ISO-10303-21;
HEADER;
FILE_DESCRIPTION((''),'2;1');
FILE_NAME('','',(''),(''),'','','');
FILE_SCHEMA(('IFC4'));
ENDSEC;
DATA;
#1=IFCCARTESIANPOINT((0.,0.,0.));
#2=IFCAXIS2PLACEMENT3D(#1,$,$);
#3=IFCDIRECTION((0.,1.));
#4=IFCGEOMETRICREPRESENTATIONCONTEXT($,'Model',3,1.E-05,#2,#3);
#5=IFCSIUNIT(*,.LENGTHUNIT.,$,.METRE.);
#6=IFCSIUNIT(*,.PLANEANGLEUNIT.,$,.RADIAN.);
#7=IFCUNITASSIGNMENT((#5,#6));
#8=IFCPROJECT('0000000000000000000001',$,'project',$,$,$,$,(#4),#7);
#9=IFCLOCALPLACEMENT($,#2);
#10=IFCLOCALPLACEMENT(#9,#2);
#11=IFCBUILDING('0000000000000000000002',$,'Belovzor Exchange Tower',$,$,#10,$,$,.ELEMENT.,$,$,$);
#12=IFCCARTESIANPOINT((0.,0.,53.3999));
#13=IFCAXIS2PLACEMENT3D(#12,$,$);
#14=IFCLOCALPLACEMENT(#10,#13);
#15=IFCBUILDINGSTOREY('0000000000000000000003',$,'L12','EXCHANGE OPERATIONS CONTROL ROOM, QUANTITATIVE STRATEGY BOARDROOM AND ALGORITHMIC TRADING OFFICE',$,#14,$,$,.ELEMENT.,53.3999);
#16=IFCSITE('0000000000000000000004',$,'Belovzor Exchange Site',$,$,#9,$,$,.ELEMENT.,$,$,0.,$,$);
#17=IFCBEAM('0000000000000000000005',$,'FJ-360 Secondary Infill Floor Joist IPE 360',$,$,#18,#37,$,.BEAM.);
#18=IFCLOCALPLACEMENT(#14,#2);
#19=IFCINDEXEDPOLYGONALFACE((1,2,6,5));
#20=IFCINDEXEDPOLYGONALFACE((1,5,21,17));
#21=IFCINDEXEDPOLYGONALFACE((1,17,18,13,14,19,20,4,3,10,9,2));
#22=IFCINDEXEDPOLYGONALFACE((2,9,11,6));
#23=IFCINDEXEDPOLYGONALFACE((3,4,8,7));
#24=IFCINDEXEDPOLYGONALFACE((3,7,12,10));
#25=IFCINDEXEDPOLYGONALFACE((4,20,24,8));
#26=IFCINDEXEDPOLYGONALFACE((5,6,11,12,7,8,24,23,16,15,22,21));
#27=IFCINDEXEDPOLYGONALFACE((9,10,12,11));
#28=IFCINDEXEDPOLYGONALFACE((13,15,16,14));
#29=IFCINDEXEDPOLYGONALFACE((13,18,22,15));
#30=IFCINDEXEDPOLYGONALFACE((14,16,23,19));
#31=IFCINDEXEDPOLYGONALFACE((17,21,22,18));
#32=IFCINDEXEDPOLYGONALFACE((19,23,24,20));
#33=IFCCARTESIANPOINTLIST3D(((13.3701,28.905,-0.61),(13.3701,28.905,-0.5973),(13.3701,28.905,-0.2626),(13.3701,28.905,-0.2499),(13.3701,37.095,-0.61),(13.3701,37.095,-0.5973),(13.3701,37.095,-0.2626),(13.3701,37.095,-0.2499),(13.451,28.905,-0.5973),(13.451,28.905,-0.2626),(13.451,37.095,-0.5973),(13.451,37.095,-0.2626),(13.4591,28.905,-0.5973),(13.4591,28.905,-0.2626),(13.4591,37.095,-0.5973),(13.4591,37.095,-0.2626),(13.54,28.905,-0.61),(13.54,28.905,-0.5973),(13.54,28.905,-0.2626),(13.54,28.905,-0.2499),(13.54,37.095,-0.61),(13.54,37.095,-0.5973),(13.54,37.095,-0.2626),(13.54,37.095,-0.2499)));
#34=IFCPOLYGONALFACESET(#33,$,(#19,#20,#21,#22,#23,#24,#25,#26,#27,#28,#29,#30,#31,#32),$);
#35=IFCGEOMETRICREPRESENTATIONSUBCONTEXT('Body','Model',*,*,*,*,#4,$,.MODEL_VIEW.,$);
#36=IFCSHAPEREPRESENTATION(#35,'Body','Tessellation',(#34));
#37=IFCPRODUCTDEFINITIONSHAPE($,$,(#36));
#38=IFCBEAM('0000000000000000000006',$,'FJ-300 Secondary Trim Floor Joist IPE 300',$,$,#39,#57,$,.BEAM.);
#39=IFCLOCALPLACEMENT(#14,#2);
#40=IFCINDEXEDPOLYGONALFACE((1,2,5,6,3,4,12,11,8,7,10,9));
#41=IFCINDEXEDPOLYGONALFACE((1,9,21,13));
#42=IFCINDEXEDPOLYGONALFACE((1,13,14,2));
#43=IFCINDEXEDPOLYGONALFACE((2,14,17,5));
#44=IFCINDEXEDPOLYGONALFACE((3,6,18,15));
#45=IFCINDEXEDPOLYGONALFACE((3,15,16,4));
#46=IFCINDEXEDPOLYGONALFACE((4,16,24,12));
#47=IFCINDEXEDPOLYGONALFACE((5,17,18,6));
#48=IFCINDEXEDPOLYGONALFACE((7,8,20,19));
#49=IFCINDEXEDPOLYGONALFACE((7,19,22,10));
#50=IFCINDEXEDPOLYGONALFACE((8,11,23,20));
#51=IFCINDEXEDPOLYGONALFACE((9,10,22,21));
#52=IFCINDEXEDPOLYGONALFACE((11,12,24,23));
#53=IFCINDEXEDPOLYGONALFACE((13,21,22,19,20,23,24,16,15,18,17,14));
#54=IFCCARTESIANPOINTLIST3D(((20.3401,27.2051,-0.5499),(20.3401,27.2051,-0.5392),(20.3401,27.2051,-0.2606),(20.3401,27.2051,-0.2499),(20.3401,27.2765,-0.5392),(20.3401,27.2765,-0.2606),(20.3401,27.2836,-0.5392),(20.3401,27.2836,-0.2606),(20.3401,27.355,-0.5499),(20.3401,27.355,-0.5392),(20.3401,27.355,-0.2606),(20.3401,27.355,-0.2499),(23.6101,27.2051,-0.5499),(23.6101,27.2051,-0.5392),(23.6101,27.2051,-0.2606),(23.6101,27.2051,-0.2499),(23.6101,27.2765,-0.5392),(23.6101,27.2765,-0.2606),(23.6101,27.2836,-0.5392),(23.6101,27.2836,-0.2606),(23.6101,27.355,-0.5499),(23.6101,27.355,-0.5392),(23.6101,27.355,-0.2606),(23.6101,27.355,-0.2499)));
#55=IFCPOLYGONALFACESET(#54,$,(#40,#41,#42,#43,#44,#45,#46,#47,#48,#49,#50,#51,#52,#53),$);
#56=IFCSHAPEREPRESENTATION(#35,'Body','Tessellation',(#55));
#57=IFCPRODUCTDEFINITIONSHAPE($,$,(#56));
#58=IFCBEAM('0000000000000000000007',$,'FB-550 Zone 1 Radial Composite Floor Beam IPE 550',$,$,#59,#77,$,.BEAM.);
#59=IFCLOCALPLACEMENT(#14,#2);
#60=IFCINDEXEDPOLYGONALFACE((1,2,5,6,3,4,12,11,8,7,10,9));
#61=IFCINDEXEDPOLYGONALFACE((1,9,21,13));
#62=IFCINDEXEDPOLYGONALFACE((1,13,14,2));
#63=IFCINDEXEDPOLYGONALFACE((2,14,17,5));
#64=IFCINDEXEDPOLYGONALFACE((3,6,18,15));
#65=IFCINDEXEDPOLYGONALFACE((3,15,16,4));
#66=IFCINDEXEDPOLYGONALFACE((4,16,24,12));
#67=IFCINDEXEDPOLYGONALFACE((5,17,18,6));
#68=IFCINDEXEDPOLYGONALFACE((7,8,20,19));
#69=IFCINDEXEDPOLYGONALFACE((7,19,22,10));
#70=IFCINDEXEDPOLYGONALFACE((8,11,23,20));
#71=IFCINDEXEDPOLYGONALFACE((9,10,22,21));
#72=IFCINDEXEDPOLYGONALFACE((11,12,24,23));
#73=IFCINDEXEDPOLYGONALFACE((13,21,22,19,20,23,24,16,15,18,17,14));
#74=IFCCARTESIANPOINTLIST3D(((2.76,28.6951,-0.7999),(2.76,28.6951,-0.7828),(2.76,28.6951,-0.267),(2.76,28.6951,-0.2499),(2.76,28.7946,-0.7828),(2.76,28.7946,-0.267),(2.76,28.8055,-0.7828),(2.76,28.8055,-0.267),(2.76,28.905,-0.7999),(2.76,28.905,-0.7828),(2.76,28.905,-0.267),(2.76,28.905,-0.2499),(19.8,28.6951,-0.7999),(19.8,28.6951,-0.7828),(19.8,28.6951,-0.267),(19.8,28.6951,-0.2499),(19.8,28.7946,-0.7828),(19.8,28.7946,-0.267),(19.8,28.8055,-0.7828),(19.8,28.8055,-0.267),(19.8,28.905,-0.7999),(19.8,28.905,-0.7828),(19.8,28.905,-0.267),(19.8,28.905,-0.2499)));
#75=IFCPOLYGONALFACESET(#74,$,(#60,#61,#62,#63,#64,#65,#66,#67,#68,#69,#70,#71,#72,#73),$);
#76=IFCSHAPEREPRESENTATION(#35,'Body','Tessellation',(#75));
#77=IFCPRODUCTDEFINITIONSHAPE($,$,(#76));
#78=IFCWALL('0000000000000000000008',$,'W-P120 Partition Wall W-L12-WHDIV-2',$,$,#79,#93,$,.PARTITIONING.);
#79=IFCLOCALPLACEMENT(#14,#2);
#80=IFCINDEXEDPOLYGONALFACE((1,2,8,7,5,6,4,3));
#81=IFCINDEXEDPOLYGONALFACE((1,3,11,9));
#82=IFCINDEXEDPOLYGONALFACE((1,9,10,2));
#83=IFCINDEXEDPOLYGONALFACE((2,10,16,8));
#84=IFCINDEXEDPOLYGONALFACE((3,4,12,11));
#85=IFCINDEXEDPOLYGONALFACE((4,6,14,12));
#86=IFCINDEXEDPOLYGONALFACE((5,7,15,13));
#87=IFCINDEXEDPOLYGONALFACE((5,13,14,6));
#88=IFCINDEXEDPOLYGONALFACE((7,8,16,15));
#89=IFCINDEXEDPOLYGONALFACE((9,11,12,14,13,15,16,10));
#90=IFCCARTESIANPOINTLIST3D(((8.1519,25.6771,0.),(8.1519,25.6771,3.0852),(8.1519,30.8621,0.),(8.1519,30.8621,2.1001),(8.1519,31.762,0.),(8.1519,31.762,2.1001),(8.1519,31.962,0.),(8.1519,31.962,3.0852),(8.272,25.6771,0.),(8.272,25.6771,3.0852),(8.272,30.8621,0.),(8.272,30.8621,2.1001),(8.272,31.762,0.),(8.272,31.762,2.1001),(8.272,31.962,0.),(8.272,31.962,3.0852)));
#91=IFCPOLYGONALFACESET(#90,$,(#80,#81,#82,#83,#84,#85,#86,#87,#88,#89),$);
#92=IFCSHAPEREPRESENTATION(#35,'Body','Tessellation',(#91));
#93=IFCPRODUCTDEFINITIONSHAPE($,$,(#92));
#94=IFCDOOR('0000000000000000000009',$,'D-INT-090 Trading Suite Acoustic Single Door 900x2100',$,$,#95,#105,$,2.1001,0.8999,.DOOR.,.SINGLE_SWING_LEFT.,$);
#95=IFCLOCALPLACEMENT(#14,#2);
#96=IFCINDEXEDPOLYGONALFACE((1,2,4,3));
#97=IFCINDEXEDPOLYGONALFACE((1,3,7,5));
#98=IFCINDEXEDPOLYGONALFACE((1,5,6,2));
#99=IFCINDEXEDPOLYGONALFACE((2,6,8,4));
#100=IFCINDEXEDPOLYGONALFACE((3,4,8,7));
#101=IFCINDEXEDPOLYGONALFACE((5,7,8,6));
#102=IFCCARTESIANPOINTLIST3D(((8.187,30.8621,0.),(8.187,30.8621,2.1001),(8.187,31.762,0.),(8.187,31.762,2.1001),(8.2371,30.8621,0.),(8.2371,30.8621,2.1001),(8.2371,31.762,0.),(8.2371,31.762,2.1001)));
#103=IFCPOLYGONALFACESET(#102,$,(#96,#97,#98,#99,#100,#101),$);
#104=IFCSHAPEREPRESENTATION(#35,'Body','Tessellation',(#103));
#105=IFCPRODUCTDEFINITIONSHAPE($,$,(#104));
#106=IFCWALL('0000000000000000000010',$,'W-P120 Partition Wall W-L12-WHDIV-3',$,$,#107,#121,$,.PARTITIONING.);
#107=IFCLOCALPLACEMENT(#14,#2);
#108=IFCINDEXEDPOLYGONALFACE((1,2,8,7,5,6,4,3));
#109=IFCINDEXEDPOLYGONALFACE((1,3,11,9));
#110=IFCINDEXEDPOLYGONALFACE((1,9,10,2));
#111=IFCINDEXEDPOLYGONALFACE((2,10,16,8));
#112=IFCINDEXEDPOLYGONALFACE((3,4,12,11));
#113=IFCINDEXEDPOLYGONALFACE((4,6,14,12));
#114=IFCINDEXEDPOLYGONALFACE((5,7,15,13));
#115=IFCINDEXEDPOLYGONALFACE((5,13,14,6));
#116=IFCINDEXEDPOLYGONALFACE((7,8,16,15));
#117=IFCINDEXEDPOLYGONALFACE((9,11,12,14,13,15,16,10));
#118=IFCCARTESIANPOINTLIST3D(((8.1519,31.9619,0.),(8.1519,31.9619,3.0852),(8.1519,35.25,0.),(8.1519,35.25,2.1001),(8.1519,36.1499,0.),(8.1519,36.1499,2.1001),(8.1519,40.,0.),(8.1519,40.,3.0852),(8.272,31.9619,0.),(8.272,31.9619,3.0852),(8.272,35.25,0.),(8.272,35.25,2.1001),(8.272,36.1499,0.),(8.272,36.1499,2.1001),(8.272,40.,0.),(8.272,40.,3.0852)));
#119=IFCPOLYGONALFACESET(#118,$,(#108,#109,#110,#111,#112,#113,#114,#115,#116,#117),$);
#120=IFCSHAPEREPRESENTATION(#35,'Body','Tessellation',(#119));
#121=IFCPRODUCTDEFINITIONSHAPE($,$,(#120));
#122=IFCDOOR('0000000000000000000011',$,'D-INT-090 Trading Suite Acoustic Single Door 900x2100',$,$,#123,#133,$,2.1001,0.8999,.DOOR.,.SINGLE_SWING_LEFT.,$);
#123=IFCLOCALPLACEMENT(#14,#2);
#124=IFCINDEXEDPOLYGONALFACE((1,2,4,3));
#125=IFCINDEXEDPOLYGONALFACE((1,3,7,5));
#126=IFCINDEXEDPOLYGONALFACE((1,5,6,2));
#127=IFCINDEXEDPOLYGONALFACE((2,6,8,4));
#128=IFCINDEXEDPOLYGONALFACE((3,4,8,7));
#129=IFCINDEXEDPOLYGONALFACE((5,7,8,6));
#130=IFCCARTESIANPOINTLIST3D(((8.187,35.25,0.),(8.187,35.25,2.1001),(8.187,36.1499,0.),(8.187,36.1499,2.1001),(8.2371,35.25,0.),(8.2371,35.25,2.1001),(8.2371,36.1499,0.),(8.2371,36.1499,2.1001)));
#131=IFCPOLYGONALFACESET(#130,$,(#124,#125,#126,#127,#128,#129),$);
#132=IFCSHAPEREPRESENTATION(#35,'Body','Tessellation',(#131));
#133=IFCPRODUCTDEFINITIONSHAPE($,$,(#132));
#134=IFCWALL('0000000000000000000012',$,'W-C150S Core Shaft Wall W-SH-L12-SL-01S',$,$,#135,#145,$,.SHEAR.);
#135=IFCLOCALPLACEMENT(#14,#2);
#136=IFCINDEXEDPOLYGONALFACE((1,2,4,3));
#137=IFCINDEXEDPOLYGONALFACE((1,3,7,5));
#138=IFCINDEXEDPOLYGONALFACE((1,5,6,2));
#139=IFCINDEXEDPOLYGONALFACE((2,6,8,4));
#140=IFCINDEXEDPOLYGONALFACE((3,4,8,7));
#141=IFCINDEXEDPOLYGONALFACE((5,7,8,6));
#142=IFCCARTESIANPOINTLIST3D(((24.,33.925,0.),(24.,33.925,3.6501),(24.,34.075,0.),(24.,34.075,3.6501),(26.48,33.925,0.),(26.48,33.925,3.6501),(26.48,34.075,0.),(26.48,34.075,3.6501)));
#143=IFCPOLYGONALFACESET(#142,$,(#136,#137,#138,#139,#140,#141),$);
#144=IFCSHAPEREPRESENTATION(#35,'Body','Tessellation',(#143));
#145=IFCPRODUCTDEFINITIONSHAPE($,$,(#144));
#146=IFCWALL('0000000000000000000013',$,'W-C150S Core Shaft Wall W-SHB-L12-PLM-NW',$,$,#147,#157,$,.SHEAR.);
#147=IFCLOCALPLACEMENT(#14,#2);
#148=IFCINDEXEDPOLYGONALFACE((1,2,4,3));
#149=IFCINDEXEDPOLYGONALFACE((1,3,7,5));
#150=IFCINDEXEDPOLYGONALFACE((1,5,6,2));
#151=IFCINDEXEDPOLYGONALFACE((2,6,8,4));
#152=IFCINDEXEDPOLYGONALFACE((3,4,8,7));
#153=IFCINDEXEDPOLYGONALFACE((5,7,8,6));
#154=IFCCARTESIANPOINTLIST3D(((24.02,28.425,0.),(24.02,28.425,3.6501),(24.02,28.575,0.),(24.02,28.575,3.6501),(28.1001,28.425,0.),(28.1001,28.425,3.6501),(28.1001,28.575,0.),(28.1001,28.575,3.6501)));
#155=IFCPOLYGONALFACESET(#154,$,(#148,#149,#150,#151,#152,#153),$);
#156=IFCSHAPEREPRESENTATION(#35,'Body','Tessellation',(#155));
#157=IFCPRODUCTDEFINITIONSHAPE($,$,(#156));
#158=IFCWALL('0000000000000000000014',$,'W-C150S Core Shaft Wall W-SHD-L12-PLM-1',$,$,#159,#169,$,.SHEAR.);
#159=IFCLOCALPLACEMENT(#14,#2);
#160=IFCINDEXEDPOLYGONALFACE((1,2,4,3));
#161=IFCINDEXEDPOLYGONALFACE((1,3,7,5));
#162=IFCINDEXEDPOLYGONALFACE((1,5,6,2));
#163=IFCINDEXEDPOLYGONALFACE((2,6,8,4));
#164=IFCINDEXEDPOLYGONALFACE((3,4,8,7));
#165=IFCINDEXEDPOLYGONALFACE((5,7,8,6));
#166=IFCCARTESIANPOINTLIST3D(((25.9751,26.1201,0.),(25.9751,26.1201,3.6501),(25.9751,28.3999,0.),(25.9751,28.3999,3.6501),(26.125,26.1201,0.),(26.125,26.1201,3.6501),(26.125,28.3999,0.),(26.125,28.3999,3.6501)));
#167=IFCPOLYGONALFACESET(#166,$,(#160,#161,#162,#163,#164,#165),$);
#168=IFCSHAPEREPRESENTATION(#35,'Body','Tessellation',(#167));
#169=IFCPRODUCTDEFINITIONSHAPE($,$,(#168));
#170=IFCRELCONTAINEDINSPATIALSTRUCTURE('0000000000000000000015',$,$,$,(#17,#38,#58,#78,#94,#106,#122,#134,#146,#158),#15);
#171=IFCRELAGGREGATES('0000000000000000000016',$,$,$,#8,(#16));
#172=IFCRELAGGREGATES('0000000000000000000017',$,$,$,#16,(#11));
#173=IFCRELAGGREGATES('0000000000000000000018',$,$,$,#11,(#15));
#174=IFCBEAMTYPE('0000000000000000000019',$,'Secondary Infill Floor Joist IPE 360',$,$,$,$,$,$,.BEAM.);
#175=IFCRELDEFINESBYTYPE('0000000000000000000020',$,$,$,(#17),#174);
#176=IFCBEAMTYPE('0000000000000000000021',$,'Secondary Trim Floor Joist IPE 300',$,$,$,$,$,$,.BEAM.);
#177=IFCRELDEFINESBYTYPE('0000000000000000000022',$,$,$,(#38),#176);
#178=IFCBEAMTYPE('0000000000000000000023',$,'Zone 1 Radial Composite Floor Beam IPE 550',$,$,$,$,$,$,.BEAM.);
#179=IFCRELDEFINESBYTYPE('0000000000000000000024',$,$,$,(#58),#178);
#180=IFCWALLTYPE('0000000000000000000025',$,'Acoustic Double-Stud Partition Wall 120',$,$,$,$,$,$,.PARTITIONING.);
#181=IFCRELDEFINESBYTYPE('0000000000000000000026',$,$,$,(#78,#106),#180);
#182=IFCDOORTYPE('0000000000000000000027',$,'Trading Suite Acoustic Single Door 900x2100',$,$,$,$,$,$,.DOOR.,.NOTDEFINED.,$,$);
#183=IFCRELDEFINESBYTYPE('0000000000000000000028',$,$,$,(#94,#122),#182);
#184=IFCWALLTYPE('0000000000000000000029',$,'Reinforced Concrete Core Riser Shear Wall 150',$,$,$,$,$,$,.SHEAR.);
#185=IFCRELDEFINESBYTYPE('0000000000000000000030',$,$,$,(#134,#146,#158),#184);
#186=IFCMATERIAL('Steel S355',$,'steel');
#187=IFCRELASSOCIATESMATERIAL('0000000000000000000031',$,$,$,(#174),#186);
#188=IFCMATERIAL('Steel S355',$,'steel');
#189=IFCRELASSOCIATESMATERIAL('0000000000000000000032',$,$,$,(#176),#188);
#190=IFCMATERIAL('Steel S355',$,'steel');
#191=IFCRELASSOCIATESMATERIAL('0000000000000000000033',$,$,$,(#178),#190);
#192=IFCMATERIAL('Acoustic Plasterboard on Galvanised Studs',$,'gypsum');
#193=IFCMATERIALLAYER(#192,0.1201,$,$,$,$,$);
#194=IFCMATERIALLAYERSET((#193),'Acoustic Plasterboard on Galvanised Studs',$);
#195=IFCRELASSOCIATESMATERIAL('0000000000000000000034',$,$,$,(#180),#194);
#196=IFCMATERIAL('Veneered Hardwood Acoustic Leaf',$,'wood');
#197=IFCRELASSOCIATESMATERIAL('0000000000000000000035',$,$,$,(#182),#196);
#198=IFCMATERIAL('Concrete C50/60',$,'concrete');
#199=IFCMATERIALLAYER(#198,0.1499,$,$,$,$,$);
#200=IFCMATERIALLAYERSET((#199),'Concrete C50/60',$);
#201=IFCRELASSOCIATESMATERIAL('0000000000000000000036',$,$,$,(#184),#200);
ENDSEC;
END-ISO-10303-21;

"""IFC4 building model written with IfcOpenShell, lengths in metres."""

from ifc_helpers import new_model, si_unit, direction, frame, frame_2d, origin, origin_2d, place, context, subcontext, project, spatial, rectangle, i_section, extrude, material, layer, layer_set, material_profile, profile_set, type_object, element, fill, save


model = new_model("IFC4")

# Units and contexts
model_context = context("Model", 3, precision=1e-05, world=origin(), true_north=direction((0.0, 1.0)))
body_context = subcontext(model_context, "Body", "Model", "MODEL_VIEW")
ifc_project = project(units=[si_unit("LENGTHUNIT", "METRE"), si_unit("PLANEANGLEUNIT", "RADIAN")], contexts=[model_context])

# Site, building, storey
site_placement = place(None, origin())
site = spatial("IfcSite", under=ifc_project, at=site_placement, Name="Belovzor Exchange Site", CompositionType="ELEMENT", RefElevation=0.0)
building_placement = place(site_placement, origin())
building = spatial("IfcBuilding", under=site, at=building_placement, Name="Belovzor Exchange Tower", CompositionType="ELEMENT")
storey_placement = place(building_placement, frame((0.0, 0.0, 53.3999)))
storey = spatial("IfcBuildingStorey", under=building, at=storey_placement, Name="L12", Description="EXCHANGE OPERATIONS CONTROL ROOM, QUANTITATIVE STRATEGY BOARDROOM AND ALGORITHMIC TRADING OFFICE", CompositionType="ELEMENT", Elevation=53.3999)

# Beams
ifc_material_1 = material(Name="Steel S355", Category="steel")
ifc_material_profile_1 = material_profile(ifc_material_1, i_section(OverallWidth=0.1699, OverallDepth=0.3601, WebThickness=0.0081, FlangeThickness=0.0127, at=origin_2d()))
ifc_profile_set_1 = profile_set([ifc_material_profile_1], Name="Steel S355")
beam_type_1 = type_object("IfcBeamType", Name="Secondary Infill Floor Joist IPE 360", PredefinedType="BEAM", material=ifc_profile_set_1)
beam_1_placement = place(storey_placement, frame((13.4551, 28.905, -0.4299), z_axis=(0.0, 1.0, 0.0), x_axis=(-1.0, 0.0, 0.0)))
element("IfcBeam", 1, at=beam_1_placement, inside=storey, type_object=beam_type_1, Name="FJ-360 Secondary Infill Floor Joist IPE 360", PredefinedType="BEAM", context=body_context, shape_type="SweptSolid", body=[
    extrude(i_section(OverallWidth=0.1699, OverallDepth=0.3601, WebThickness=0.0081, FlangeThickness=0.0127, at=origin_2d()), origin(), (0.0, 0.0, 1.0), 8.1899),
])
ifc_material_2 = material(Name="Steel S355", Category="steel")
ifc_material_profile_2 = material_profile(ifc_material_2, i_section(OverallWidth=0.1499, OverallDepth=0.3, WebThickness=0.0071, FlangeThickness=0.0107, at=origin_2d()))
ifc_profile_set_2 = profile_set([ifc_material_profile_2], Name="Steel S355")
beam_type_2 = type_object("IfcBeamType", Name="Secondary Trim Floor Joist IPE 300", PredefinedType="BEAM", material=ifc_profile_set_2)
beam_2_placement = place(storey_placement, frame((20.3401, 27.28, -0.3999), z_axis=(1.0, 0.0, 0.0), x_axis=(0.0, 1.0, 0.0)))
element("IfcBeam", 2, at=beam_2_placement, inside=storey, type_object=beam_type_2, Name="FJ-300 Secondary Trim Floor Joist IPE 300", PredefinedType="BEAM", context=body_context, shape_type="SweptSolid", body=[
    extrude(i_section(OverallWidth=0.1499, OverallDepth=0.3, WebThickness=0.0071, FlangeThickness=0.0107, at=origin_2d()), origin(), (0.0, 0.0, 1.0), 3.27),
])
ifc_material_3 = material(Name="Steel S355", Category="steel")
ifc_material_profile_3 = material_profile(ifc_material_3, i_section(OverallWidth=0.21, OverallDepth=0.55, WebThickness=0.011, FlangeThickness=0.0171, at=origin_2d()))
ifc_profile_set_3 = profile_set([ifc_material_profile_3], Name="Steel S355")
beam_type_3 = type_object("IfcBeamType", Name="Zone 1 Radial Composite Floor Beam IPE 550", PredefinedType="BEAM", material=ifc_profile_set_3)
beam_3_placement = place(storey_placement, frame((19.8, 28.8, -0.5249), z_axis=(-1.0, 0.0, 0.0), x_axis=(0.0, -1.0, 0.0)))
element("IfcBeam", 3, at=beam_3_placement, inside=storey, type_object=beam_type_3, Name="FB-550 Zone 1 Radial Composite Floor Beam IPE 550", PredefinedType="BEAM", context=body_context, shape_type="SweptSolid", body=[
    extrude(i_section(OverallWidth=0.21, OverallDepth=0.55, WebThickness=0.011, FlangeThickness=0.0171, at=origin_2d()), origin(), (0.0, 0.0, 1.0), 17.04),
])

# Walls, openings, doors
ifc_material_4 = material(Name="Acoustic Plasterboard on Galvanised Studs", Category="gypsum")
ifc_layer_1 = layer(ifc_material_4, 0.1201)
ifc_layer_set_1 = layer_set([ifc_layer_1], Name="Acoustic Plasterboard on Galvanised Studs")
wall_type_1 = type_object("IfcWallType", Name="Acoustic Double-Stud Partition Wall 120", PredefinedType="PARTITIONING", material=ifc_layer_set_1)
wall_1_placement = place(storey_placement, frame((8.2119, 25.677, 0.0), z_axis=(0.0, 0.0, 1.0), x_axis=(0.0, 1.0, 0.0)))
wall_1 = element("IfcWall", 4, at=wall_1_placement, inside=storey, type_object=wall_type_1, Name="W-P120 Partition Wall W-L12-WHDIV-2", PredefinedType="PARTITIONING", context=body_context, shape_type="SweptSolid", body=[
    extrude(rectangle(XDim=6.2849, YDim=0.1201, at=frame_2d((3.1426, 0.0))), origin(), (0.0, 0.0, 1.0), 3.0852),
])
opening_1_placement = place(wall_1_placement, frame((5.1851, 0.0, 0.0)))
opening_1 = element("IfcOpeningElement", 5, at=opening_1_placement, cuts=wall_1, PredefinedType="OPENING", context=body_context, shape_type="SweptSolid", body=[
    extrude(rectangle(XDim=0.8999, YDim=2.1001, at=frame_2d((0.45, 1.05))), frame((0.0, 0.0701, 0.0), z_axis=(0.0, -1.0, 0.0), x_axis=(1.0, 0.0, 0.0)), (0.0, 0.0, 1.0), 0.1401),
])
ifc_material_5 = material(Name="Veneered Hardwood Acoustic Leaf", Category="wood")
door_type_1 = type_object("IfcDoorType", Name="Trading Suite Acoustic Single Door 900x2100", OperationType="NOTDEFINED", PredefinedType="DOOR", material=ifc_material_5)
door_1_placement = place(opening_1_placement, origin())
door_1 = element("IfcDoor", 6, at=door_1_placement, inside=storey, type_object=door_type_1, Name="D-INT-090 Trading Suite Acoustic Single Door 900x2100", OperationType="SINGLE_SWING_LEFT", OverallHeight=2.1001, OverallWidth=0.8999, PredefinedType="DOOR", context=body_context, shape_type="SweptSolid", body=[
    extrude(rectangle(XDim=0.8999, YDim=2.1001, at=frame_2d((0.45, 1.05))), frame((0.0, 0.0249, 0.0), z_axis=(0.0, -1.0, 0.0), x_axis=(1.0, 0.0, 0.0)), (0.0, 0.0, 1.0), 0.05),
])
fill(opening_1, door_1)
wall_2_placement = place(storey_placement, frame((8.2119, 31.9619, 0.0), z_axis=(0.0, 0.0, 1.0), x_axis=(0.0, 1.0, 0.0)))
wall_2 = element("IfcWall", 7, at=wall_2_placement, inside=storey, type_object=wall_type_1, Name="W-P120 Partition Wall W-L12-WHDIV-3", PredefinedType="PARTITIONING", context=body_context, shape_type="SweptSolid", body=[
    extrude(rectangle(XDim=8.0381, YDim=0.1201, at=frame_2d((4.019, 0.0))), origin(), (0.0, 0.0, 1.0), 3.0852),
])
opening_2_placement = place(wall_2_placement, frame((3.2881, 0.0, 0.0)))
opening_2 = element("IfcOpeningElement", 8, at=opening_2_placement, cuts=wall_2, PredefinedType="OPENING", context=body_context, shape_type="SweptSolid", body=[
    extrude(rectangle(XDim=0.8999, YDim=2.1001, at=frame_2d((0.45, 1.05))), frame((0.0, 0.0701, 0.0), z_axis=(0.0, -1.0, 0.0), x_axis=(1.0, 0.0, 0.0)), (0.0, 0.0, 1.0), 0.1401),
])
door_2_placement = place(opening_2_placement, origin())
door_2 = element("IfcDoor", 9, at=door_2_placement, inside=storey, type_object=door_type_1, Name="D-INT-090 Trading Suite Acoustic Single Door 900x2100", OperationType="SINGLE_SWING_LEFT", OverallHeight=2.1001, OverallWidth=0.8999, PredefinedType="DOOR", context=body_context, shape_type="SweptSolid", body=[
    extrude(rectangle(XDim=0.8999, YDim=2.1001, at=frame_2d((0.45, 1.05))), frame((0.0, 0.0249, 0.0), z_axis=(0.0, -1.0, 0.0), x_axis=(1.0, 0.0, 0.0)), (0.0, 0.0, 1.0), 0.05),
])
fill(opening_2, door_2)

# Walls
ifc_material_6 = material(Name="Concrete C50/60", Category="concrete")
ifc_layer_2 = layer(ifc_material_6, 0.1499)
ifc_layer_set_2 = layer_set([ifc_layer_2], Name="Concrete C50/60")
wall_type_2 = type_object("IfcWallType", Name="Reinforced Concrete Core Riser Shear Wall 150", PredefinedType="SHEAR", material=ifc_layer_set_2)
wall_3_placement = place(storey_placement, frame((24.0, 34.0, 0.0), z_axis=(0.0, 0.0, 1.0), x_axis=(1.0, 0.0, 0.0)))
element("IfcWall", 10, at=wall_3_placement, inside=storey, type_object=wall_type_2, Name="W-C150S Core Shaft Wall W-SH-L12-SL-01S", PredefinedType="SHEAR", context=body_context, shape_type="SweptSolid", body=[
    extrude(rectangle(XDim=2.48, YDim=0.1499, at=frame_2d((1.24, 0.0))), origin(), (0.0, 0.0, 1.0), 3.6501),
])
wall_4_placement = place(storey_placement, frame((24.02, 28.5, 0.0), z_axis=(0.0, 0.0, 1.0), x_axis=(1.0, 0.0, 0.0)))
element("IfcWall", 11, at=wall_4_placement, inside=storey, type_object=wall_type_2, Name="W-C150S Core Shaft Wall W-SHB-L12-PLM-NW", PredefinedType="SHEAR", context=body_context, shape_type="SweptSolid", body=[
    extrude(rectangle(XDim=4.0801, YDim=0.1499, at=frame_2d((2.04, 0.0))), origin(), (0.0, 0.0, 1.0), 3.6501),
])
wall_5_placement = place(storey_placement, frame((26.05, 26.1201, 0.0), z_axis=(0.0, 0.0, 1.0), x_axis=(0.0, 1.0, 0.0)))
element("IfcWall", 12, at=wall_5_placement, inside=storey, type_object=wall_type_2, Name="W-C150S Core Shaft Wall W-SHD-L12-PLM-1", PredefinedType="SHEAR", context=body_context, shape_type="SweptSolid", body=[
    extrude(rectangle(XDim=2.2798, YDim=0.1499, at=frame_2d((1.1399, 0.0))), origin(), (0.0, 0.0, 1.0), 3.6501),
])

save(model, "model.ifc")
